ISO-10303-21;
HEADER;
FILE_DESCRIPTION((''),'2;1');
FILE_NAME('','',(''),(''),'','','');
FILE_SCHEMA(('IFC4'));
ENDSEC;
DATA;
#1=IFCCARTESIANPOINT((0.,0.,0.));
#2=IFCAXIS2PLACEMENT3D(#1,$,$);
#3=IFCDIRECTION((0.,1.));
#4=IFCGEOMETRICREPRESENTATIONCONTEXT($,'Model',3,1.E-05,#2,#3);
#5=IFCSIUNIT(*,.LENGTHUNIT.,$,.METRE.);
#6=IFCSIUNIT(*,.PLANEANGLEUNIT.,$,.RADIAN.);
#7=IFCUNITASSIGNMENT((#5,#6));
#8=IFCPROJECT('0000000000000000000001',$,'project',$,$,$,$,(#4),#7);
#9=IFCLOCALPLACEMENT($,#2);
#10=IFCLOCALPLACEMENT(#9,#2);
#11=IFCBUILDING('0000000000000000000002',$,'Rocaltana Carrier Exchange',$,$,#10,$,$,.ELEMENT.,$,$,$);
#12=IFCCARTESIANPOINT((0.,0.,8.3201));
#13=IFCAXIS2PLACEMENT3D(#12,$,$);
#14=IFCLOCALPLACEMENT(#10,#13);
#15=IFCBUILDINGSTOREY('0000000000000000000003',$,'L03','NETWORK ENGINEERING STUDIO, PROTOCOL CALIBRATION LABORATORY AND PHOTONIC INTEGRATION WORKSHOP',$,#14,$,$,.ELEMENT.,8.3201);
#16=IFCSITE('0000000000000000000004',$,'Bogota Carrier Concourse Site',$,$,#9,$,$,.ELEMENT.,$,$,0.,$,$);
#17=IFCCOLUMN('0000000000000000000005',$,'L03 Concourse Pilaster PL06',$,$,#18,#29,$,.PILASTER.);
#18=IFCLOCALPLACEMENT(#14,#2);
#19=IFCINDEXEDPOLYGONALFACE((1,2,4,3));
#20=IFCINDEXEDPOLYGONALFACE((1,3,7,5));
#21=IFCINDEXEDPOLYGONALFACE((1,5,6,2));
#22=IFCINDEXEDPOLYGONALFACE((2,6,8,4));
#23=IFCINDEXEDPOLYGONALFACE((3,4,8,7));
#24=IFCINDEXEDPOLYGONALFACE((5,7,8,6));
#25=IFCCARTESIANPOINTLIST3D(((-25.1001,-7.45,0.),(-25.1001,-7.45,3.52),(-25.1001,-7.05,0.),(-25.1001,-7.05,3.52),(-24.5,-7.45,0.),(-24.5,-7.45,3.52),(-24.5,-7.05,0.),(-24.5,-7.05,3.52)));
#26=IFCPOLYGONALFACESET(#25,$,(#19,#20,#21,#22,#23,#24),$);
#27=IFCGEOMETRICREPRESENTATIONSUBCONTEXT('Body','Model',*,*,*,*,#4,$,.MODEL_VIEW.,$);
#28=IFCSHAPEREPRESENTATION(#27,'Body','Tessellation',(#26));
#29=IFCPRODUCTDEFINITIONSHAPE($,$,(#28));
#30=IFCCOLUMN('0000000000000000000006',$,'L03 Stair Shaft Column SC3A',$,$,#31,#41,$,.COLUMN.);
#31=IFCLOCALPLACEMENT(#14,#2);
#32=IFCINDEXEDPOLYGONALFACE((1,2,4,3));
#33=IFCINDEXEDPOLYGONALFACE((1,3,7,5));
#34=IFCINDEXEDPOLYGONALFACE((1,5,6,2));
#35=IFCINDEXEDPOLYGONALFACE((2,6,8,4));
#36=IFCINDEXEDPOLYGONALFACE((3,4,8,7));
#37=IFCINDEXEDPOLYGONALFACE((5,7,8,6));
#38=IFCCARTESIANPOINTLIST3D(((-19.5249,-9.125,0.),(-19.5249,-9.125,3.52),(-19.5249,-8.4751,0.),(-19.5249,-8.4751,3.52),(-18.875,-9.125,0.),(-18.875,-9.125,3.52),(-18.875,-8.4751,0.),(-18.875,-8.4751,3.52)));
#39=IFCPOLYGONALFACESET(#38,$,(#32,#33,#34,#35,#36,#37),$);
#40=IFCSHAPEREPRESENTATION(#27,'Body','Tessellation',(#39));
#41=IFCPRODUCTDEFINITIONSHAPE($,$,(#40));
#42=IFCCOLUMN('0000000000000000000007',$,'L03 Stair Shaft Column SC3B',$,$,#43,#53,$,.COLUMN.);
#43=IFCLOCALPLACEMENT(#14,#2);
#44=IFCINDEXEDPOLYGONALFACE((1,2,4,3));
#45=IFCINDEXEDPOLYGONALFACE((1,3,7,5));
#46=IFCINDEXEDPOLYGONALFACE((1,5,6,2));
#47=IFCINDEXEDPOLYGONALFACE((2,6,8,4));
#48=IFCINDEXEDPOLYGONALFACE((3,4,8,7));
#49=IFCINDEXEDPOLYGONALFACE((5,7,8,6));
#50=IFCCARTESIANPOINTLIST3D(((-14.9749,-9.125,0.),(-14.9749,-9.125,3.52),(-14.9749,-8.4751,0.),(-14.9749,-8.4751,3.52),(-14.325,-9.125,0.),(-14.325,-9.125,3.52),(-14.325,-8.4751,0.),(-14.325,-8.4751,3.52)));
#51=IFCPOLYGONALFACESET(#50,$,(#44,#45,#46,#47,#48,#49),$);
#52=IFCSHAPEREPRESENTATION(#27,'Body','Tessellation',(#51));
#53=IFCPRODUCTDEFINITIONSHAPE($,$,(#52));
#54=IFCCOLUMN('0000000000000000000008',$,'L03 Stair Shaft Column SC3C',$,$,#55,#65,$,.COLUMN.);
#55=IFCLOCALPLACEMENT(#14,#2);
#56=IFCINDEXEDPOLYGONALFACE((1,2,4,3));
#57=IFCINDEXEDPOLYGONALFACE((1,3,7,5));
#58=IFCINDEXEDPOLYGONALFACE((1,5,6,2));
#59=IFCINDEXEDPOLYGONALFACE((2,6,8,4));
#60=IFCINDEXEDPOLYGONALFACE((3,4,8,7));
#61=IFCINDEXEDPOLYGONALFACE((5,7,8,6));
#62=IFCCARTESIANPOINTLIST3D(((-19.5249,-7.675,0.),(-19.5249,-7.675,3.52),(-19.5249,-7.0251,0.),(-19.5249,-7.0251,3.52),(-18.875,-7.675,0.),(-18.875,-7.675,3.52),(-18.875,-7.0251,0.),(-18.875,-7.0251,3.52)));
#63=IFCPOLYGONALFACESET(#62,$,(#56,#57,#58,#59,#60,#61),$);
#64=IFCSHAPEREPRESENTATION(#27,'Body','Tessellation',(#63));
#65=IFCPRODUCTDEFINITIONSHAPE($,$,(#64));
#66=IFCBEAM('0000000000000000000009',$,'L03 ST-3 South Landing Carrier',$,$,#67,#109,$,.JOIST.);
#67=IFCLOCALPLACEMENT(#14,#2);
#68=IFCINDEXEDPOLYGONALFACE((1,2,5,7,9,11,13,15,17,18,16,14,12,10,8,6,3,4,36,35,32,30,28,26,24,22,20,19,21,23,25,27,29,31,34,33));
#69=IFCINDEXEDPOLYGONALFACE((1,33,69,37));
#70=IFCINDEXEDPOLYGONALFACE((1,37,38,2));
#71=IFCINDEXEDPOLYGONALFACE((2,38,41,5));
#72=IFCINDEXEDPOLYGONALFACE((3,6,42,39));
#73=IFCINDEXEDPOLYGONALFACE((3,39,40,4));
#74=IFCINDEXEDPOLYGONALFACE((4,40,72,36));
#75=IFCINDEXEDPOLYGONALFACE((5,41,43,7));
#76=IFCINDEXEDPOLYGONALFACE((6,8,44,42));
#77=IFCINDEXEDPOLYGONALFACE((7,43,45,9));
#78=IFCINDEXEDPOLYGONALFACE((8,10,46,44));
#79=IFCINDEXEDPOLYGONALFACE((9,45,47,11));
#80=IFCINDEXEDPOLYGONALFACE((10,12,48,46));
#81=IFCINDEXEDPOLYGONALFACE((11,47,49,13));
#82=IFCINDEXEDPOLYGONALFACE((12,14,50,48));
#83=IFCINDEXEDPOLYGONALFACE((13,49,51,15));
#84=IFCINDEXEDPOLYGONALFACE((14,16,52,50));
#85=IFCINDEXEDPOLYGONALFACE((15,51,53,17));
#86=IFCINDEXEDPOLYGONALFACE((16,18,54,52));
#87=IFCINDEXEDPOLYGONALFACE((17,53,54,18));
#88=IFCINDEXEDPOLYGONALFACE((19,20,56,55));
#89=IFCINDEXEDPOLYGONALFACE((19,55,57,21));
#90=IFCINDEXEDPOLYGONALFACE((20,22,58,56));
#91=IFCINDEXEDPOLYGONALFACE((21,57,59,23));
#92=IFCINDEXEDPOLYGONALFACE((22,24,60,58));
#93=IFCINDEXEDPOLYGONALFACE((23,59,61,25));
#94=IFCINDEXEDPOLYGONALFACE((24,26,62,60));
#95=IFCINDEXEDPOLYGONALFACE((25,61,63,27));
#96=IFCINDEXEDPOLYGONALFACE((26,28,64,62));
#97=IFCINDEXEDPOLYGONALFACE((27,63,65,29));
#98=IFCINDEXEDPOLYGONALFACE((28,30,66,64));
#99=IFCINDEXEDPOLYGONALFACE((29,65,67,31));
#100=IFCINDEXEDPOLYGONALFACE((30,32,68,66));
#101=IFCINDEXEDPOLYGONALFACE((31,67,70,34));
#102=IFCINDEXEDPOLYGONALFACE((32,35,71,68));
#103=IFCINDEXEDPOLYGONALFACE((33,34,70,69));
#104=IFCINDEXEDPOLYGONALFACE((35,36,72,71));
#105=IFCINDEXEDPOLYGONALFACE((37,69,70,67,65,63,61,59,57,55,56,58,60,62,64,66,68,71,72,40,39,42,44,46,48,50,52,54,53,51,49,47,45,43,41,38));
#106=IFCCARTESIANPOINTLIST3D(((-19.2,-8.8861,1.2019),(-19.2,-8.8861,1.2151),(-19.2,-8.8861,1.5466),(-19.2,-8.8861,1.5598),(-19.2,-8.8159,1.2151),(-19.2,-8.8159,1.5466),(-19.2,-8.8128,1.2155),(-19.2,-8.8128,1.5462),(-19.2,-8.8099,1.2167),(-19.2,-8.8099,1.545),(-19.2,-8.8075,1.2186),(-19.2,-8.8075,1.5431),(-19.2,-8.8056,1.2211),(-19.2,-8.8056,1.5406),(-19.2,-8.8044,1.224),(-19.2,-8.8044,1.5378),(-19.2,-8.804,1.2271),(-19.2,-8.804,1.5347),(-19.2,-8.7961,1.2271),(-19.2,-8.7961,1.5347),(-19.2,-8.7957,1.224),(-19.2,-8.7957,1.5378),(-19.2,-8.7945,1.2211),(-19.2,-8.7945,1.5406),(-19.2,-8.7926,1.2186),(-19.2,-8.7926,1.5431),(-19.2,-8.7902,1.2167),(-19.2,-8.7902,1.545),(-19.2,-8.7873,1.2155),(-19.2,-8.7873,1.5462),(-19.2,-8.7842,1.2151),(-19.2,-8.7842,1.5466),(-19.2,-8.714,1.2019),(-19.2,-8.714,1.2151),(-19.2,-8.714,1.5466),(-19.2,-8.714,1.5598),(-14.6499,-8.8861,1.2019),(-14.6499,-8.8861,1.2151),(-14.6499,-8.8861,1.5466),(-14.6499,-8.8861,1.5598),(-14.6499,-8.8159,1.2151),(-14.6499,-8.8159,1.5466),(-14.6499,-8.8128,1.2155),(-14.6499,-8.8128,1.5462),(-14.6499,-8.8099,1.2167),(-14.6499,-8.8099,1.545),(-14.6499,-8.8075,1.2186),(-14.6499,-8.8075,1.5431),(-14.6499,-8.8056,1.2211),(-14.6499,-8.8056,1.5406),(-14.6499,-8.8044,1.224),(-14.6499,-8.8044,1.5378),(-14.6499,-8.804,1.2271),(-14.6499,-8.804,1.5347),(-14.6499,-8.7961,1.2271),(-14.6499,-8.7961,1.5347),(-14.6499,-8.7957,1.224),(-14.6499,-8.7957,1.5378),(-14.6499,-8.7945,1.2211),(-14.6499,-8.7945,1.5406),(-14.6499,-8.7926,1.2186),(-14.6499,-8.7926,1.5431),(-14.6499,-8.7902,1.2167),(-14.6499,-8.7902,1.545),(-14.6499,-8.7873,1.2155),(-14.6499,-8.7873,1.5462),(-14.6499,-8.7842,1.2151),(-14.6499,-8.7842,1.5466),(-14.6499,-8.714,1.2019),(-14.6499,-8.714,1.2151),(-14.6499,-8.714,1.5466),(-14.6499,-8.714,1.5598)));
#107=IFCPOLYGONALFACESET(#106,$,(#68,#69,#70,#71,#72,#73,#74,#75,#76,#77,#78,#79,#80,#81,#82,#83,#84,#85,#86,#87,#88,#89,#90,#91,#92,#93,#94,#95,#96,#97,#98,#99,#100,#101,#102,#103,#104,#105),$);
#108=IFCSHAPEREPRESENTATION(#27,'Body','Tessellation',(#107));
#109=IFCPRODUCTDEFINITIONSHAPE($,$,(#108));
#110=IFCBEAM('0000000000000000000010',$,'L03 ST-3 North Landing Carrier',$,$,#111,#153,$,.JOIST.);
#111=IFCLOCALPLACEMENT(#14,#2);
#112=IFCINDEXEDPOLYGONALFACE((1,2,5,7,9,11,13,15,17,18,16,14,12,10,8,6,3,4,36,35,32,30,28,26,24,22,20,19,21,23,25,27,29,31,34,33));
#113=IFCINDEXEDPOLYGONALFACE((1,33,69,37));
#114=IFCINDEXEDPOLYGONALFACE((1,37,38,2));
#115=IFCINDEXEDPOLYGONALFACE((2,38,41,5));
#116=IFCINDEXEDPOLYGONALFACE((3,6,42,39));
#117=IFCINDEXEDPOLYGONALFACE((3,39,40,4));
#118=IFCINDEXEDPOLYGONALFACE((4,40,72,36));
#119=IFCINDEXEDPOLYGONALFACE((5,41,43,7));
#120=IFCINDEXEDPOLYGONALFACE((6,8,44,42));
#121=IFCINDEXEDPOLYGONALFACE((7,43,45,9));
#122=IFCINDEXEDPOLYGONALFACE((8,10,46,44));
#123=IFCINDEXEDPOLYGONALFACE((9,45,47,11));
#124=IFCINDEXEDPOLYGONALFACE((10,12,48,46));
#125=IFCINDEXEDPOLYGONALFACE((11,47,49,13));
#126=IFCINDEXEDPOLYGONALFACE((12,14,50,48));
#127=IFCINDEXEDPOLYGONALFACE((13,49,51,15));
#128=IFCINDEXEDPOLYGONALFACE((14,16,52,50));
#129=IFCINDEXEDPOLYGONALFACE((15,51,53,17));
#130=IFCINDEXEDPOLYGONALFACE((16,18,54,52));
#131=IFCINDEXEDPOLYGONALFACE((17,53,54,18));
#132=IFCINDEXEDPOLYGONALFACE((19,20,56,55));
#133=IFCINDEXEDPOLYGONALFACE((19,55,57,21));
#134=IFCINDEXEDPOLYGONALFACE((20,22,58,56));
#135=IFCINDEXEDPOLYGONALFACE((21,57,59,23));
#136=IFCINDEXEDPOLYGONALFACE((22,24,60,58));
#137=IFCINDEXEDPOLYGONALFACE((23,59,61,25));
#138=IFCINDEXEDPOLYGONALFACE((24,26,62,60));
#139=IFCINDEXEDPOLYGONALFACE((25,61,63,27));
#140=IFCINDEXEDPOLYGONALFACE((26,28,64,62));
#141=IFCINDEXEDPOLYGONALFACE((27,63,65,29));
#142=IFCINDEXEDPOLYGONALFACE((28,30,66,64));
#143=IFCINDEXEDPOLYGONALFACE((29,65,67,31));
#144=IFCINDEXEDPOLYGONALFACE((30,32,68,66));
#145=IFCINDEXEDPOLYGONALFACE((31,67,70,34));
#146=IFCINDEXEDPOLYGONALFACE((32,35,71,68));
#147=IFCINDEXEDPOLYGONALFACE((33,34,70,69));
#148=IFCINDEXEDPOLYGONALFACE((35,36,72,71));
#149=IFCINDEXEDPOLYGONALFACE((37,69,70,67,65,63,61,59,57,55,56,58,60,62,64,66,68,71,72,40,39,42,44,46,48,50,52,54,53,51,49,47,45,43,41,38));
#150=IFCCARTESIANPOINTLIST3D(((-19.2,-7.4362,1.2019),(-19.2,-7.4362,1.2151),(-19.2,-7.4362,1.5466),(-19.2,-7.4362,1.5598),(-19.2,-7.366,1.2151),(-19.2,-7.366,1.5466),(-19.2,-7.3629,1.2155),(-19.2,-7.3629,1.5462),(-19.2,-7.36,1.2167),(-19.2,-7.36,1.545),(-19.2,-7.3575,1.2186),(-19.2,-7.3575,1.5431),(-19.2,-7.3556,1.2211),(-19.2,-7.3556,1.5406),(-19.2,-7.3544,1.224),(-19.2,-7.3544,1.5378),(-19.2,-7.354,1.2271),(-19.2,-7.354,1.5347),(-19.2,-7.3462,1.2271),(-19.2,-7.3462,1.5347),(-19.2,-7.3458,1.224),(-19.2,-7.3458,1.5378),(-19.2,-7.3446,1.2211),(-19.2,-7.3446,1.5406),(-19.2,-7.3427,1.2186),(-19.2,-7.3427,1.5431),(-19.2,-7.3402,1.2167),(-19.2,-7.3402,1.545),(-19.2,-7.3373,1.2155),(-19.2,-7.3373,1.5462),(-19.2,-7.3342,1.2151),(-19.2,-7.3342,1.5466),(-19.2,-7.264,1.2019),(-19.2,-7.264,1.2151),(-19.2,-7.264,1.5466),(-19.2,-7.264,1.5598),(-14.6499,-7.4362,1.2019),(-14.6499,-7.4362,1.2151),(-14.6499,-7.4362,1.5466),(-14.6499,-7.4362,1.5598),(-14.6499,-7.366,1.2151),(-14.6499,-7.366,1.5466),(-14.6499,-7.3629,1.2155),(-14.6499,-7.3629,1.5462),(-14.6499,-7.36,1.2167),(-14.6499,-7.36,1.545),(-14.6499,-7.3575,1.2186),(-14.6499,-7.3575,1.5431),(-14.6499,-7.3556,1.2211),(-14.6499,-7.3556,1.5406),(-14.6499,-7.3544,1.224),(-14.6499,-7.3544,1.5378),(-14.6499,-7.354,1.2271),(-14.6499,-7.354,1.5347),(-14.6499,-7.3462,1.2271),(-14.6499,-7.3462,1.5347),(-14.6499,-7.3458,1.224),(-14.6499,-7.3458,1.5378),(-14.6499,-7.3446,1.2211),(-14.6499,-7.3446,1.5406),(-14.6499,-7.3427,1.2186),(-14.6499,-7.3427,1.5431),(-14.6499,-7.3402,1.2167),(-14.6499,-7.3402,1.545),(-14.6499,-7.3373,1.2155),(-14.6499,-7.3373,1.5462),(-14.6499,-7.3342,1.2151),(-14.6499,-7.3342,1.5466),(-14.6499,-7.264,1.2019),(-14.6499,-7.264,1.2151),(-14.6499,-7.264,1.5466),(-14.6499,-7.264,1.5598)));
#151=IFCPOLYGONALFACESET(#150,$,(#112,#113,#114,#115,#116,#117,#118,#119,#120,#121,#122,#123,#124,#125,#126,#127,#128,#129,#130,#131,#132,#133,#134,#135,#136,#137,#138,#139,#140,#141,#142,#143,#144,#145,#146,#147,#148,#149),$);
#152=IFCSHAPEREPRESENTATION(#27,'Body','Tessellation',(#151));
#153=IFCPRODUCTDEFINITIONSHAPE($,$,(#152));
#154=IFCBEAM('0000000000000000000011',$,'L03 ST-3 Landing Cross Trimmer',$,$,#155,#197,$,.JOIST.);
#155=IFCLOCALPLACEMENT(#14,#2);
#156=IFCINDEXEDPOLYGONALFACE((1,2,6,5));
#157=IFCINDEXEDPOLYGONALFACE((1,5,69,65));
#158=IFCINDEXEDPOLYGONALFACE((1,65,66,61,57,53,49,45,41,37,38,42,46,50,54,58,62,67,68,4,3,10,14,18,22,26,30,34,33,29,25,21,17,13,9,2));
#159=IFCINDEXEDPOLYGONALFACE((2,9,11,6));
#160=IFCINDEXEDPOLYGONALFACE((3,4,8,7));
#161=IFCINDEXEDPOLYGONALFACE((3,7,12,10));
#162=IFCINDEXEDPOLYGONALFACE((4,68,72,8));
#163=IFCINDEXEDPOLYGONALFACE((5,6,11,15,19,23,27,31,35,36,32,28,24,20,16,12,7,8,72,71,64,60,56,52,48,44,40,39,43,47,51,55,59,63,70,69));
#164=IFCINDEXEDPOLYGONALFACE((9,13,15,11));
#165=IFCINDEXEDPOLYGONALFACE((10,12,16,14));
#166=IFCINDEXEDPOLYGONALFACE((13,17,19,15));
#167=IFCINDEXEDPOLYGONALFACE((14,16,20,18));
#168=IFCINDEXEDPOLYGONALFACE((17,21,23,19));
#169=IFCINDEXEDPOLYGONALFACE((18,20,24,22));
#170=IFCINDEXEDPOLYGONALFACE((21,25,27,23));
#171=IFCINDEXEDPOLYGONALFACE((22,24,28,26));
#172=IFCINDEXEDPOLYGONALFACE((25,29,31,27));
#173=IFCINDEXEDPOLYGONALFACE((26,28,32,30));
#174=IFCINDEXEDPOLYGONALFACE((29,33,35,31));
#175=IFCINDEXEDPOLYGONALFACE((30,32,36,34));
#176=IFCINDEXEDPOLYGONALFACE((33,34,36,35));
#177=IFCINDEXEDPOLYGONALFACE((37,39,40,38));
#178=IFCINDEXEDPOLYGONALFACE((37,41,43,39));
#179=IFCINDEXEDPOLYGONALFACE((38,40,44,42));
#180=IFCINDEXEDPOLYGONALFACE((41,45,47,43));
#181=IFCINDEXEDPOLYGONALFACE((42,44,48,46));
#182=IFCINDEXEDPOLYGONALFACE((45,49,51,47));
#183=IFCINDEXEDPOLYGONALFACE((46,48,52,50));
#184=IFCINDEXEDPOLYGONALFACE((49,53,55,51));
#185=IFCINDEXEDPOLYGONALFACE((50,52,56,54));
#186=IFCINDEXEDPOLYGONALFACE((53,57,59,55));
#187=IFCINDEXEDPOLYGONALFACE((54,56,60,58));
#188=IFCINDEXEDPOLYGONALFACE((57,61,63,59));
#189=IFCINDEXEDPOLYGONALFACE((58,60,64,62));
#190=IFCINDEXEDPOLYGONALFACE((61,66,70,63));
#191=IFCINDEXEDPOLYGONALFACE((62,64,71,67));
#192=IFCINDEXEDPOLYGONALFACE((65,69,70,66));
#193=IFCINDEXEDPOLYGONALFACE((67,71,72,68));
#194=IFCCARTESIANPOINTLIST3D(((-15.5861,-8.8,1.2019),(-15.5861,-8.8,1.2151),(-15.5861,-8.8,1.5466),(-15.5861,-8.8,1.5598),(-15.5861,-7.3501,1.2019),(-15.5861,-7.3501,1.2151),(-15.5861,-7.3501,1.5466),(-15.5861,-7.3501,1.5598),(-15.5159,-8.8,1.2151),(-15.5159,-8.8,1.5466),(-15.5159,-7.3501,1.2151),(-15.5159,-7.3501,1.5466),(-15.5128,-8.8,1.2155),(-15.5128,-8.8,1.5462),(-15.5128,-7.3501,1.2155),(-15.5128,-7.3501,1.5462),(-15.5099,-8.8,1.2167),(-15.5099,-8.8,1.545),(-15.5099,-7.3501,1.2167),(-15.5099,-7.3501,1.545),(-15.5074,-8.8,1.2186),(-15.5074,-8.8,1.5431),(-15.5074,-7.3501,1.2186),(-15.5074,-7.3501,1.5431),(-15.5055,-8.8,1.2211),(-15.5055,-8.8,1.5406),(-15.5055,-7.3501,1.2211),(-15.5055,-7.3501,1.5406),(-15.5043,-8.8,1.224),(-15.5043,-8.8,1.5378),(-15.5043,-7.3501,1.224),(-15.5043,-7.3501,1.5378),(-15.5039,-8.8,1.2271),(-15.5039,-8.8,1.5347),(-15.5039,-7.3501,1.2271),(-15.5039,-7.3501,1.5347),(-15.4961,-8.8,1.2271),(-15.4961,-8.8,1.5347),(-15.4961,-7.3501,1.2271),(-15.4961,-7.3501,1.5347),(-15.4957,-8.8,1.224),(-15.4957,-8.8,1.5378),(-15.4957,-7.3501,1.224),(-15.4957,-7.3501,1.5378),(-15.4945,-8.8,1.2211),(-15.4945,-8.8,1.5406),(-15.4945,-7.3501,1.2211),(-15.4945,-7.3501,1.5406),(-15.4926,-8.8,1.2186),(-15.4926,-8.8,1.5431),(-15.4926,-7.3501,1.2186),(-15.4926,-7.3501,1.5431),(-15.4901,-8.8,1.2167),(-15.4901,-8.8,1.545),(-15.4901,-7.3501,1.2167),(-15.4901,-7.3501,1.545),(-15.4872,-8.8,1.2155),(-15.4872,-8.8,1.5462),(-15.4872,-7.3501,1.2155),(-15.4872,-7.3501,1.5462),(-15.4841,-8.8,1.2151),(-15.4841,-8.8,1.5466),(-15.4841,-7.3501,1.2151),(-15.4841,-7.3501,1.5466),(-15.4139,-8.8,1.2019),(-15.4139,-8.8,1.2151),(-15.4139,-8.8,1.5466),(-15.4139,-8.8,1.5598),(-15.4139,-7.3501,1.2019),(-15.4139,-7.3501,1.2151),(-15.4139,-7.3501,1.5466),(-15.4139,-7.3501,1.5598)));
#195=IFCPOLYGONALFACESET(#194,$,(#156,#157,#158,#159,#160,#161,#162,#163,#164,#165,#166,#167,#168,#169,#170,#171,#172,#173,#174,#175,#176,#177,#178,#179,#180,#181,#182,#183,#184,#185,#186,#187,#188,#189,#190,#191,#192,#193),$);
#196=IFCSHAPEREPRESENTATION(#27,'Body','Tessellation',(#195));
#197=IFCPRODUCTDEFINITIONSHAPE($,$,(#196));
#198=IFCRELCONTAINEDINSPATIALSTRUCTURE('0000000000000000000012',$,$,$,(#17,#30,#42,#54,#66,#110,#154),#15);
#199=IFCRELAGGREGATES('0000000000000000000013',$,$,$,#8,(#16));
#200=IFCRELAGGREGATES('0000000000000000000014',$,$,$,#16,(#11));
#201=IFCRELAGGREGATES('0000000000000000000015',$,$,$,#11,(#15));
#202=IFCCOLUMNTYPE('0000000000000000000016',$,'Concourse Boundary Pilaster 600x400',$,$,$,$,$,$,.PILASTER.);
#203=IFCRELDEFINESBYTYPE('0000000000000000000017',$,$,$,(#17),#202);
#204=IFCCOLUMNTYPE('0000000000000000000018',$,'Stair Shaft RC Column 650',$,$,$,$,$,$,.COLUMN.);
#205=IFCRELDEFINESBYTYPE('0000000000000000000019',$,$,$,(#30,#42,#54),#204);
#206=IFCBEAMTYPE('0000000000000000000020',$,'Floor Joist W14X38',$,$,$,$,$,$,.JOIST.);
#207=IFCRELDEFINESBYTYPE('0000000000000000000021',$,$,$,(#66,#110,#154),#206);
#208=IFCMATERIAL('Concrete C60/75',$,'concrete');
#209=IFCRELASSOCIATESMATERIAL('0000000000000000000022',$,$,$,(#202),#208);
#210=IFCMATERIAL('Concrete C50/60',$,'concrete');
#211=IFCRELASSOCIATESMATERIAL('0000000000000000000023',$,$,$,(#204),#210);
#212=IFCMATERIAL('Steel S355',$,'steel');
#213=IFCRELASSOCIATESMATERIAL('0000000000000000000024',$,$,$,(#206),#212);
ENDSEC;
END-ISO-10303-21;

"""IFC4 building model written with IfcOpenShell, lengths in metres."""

from ifc_helpers import new_model, si_unit, direction, frame, origin, origin_2d, place, context, subcontext, project, spatial, rectangle, i_section, extrude, material, material_profile, profile_set, type_object, element, save


model = new_model("IFC4")

# Units and contexts
model_context = context("Model", 3, precision=1e-05, world=origin(), true_north=direction((0.0, 1.0)))
body_context = subcontext(model_context, "Body", "Model", "MODEL_VIEW")
ifc_project = project(units=[si_unit("LENGTHUNIT", "METRE"), si_unit("PLANEANGLEUNIT", "RADIAN")], contexts=[model_context])

# Site, building, storey
site_placement = place(None, origin())
site = spatial("IfcSite", under=ifc_project, at=site_placement, Name="Bogota Carrier Concourse Site", CompositionType="ELEMENT", RefElevation=0.0)
building_placement = place(site_placement, origin())
building = spatial("IfcBuilding", under=site, at=building_placement, Name="Rocaltana Carrier Exchange", CompositionType="ELEMENT")
storey_placement = place(building_placement, frame((0.0, 0.0, 8.3201)))
storey = spatial("IfcBuildingStorey", under=building, at=storey_placement, Name="L03", Description="NETWORK ENGINEERING STUDIO, PROTOCOL CALIBRATION LABORATORY AND PHOTONIC INTEGRATION WORKSHOP", CompositionType="ELEMENT", Elevation=8.3201)

# Columns
ifc_material_1 = material(Name="Concrete C60/75", Category="concrete")
ifc_material_profile_1 = material_profile(ifc_material_1, rectangle(XDim=0.6001, YDim=0.3999, at=origin_2d()), Name="RC-PIL-600X400")
ifc_profile_set_1 = profile_set([ifc_material_profile_1], Name="Concrete C60/75")
column_type_1 = type_object("IfcColumnType", Name="Concourse Boundary Pilaster 600x400", PredefinedType="PILASTER", material=ifc_profile_set_1)
column_placement = place(storey_placement, frame((-24.8, -7.25, 0.0), z_axis=(0.0, 0.0, 1.0), x_axis=(1.0, 0.0, 0.0)))
element("IfcColumn", 1, at=column_placement, inside=storey, type_object=column_type_1, Name="L03 Concourse Pilaster PL06", PredefinedType="PILASTER", context=body_context, shape_type="SweptSolid", body=[
    extrude(rectangle(XDim=0.6001, YDim=0.3999, at=origin_2d()), origin(), (0.0, 0.0, 1.0), 3.52),
])
ifc_material_2 = material(Name="Concrete C50/60", Category="concrete")
ifc_material_profile_2 = material_profile(ifc_material_2, rectangle(XDim=0.6499, YDim=0.6499, at=origin_2d()), Name="RC-COL-650X650")
ifc_profile_set_2 = profile_set([ifc_material_profile_2], Name="Concrete C50/60")
column_type_2 = type_object("IfcColumnType", Name="Stair Shaft RC Column 650", PredefinedType="COLUMN", material=ifc_profile_set_2)
for number, where, z_axis, x_axis, name in (
    (2, (-19.2, -8.8, 0.0), (0.0, 0.0, 1.0), (1.0, 0.0, 0.0), "L03 Stair Shaft Column SC3A"),
    (3, (-14.6499, -8.8, 0.0), (0.0, 0.0, 1.0), (1.0, 0.0, 0.0), "L03 Stair Shaft Column SC3B"),
    (4, (-19.2, -7.3501, 0.0), (0.0, 0.0, 1.0), (1.0, 0.0, 0.0), "L03 Stair Shaft Column SC3C"),
):
    element("IfcColumn", number, at=place(storey_placement, frame(where, z_axis=z_axis, x_axis=x_axis)), inside=storey, type_object=column_type_2, Name=name, PredefinedType="COLUMN", context=body_context, shape_type="SweptSolid", body=[
        extrude(rectangle(XDim=0.6499, YDim=0.6499, at=origin_2d()), origin(), (0.0, 0.0, 1.0), 3.52),
    ])

# Beams
ifc_material_3 = material(Name="Steel S355", Category="steel")
ifc_material_profile_3 = material_profile(ifc_material_3, i_section(OverallWidth=0.1721, OverallDepth=0.3579, WebThickness=0.0078, FlangeThickness=0.0132, FilletRadius=0.012, at=origin_2d()), Name="W14X38")
ifc_profile_set_3 = profile_set([ifc_material_profile_3], Name="Steel S355")
beam_type = type_object("IfcBeamType", Name="Floor Joist W14X38", PredefinedType="JOIST", material=ifc_profile_set_3)
for number, where, z_axis, x_axis, name in (
    (5, (-19.2, -8.8, 1.3809), (1.0, 0.0, 0.0), (0.0, 1.0, 0.0), "L03 ST-3 South Landing Carrier"),
    (6, (-19.2, -7.3501, 1.3809), (1.0, 0.0, 0.0), (0.0, 1.0, 0.0), "L03 ST-3 North Landing Carrier"),
):
    element("IfcBeam", number, at=place(storey_placement, frame(where, z_axis=z_axis, x_axis=x_axis)), inside=storey, type_object=beam_type, Name=name, PredefinedType="JOIST", context=body_context, shape_type="SweptSolid", body=[
        extrude(i_section(OverallWidth=0.1721, OverallDepth=0.3579, WebThickness=0.0078, FlangeThickness=0.0132, FilletRadius=0.012, at=origin_2d()), origin(), (0.0, 0.0, 1.0), 4.55),
    ])
beam_placement = place(storey_placement, frame((-15.5, -8.8, 1.3809), z_axis=(0.0, 1.0, 0.0), x_axis=(-1.0, 0.0, 0.0)))
element("IfcBeam", 7, at=beam_placement, inside=storey, type_object=beam_type, Name="L03 ST-3 Landing Cross Trimmer", PredefinedType="JOIST", context=body_context, shape_type="SweptSolid", body=[
    extrude(i_section(OverallWidth=0.1721, OverallDepth=0.3579, WebThickness=0.0078, FlangeThickness=0.0132, FilletRadius=0.012, at=origin_2d()), origin(), (0.0, 0.0, 1.0), 1.45),
])

save(model, "model.ifc")
